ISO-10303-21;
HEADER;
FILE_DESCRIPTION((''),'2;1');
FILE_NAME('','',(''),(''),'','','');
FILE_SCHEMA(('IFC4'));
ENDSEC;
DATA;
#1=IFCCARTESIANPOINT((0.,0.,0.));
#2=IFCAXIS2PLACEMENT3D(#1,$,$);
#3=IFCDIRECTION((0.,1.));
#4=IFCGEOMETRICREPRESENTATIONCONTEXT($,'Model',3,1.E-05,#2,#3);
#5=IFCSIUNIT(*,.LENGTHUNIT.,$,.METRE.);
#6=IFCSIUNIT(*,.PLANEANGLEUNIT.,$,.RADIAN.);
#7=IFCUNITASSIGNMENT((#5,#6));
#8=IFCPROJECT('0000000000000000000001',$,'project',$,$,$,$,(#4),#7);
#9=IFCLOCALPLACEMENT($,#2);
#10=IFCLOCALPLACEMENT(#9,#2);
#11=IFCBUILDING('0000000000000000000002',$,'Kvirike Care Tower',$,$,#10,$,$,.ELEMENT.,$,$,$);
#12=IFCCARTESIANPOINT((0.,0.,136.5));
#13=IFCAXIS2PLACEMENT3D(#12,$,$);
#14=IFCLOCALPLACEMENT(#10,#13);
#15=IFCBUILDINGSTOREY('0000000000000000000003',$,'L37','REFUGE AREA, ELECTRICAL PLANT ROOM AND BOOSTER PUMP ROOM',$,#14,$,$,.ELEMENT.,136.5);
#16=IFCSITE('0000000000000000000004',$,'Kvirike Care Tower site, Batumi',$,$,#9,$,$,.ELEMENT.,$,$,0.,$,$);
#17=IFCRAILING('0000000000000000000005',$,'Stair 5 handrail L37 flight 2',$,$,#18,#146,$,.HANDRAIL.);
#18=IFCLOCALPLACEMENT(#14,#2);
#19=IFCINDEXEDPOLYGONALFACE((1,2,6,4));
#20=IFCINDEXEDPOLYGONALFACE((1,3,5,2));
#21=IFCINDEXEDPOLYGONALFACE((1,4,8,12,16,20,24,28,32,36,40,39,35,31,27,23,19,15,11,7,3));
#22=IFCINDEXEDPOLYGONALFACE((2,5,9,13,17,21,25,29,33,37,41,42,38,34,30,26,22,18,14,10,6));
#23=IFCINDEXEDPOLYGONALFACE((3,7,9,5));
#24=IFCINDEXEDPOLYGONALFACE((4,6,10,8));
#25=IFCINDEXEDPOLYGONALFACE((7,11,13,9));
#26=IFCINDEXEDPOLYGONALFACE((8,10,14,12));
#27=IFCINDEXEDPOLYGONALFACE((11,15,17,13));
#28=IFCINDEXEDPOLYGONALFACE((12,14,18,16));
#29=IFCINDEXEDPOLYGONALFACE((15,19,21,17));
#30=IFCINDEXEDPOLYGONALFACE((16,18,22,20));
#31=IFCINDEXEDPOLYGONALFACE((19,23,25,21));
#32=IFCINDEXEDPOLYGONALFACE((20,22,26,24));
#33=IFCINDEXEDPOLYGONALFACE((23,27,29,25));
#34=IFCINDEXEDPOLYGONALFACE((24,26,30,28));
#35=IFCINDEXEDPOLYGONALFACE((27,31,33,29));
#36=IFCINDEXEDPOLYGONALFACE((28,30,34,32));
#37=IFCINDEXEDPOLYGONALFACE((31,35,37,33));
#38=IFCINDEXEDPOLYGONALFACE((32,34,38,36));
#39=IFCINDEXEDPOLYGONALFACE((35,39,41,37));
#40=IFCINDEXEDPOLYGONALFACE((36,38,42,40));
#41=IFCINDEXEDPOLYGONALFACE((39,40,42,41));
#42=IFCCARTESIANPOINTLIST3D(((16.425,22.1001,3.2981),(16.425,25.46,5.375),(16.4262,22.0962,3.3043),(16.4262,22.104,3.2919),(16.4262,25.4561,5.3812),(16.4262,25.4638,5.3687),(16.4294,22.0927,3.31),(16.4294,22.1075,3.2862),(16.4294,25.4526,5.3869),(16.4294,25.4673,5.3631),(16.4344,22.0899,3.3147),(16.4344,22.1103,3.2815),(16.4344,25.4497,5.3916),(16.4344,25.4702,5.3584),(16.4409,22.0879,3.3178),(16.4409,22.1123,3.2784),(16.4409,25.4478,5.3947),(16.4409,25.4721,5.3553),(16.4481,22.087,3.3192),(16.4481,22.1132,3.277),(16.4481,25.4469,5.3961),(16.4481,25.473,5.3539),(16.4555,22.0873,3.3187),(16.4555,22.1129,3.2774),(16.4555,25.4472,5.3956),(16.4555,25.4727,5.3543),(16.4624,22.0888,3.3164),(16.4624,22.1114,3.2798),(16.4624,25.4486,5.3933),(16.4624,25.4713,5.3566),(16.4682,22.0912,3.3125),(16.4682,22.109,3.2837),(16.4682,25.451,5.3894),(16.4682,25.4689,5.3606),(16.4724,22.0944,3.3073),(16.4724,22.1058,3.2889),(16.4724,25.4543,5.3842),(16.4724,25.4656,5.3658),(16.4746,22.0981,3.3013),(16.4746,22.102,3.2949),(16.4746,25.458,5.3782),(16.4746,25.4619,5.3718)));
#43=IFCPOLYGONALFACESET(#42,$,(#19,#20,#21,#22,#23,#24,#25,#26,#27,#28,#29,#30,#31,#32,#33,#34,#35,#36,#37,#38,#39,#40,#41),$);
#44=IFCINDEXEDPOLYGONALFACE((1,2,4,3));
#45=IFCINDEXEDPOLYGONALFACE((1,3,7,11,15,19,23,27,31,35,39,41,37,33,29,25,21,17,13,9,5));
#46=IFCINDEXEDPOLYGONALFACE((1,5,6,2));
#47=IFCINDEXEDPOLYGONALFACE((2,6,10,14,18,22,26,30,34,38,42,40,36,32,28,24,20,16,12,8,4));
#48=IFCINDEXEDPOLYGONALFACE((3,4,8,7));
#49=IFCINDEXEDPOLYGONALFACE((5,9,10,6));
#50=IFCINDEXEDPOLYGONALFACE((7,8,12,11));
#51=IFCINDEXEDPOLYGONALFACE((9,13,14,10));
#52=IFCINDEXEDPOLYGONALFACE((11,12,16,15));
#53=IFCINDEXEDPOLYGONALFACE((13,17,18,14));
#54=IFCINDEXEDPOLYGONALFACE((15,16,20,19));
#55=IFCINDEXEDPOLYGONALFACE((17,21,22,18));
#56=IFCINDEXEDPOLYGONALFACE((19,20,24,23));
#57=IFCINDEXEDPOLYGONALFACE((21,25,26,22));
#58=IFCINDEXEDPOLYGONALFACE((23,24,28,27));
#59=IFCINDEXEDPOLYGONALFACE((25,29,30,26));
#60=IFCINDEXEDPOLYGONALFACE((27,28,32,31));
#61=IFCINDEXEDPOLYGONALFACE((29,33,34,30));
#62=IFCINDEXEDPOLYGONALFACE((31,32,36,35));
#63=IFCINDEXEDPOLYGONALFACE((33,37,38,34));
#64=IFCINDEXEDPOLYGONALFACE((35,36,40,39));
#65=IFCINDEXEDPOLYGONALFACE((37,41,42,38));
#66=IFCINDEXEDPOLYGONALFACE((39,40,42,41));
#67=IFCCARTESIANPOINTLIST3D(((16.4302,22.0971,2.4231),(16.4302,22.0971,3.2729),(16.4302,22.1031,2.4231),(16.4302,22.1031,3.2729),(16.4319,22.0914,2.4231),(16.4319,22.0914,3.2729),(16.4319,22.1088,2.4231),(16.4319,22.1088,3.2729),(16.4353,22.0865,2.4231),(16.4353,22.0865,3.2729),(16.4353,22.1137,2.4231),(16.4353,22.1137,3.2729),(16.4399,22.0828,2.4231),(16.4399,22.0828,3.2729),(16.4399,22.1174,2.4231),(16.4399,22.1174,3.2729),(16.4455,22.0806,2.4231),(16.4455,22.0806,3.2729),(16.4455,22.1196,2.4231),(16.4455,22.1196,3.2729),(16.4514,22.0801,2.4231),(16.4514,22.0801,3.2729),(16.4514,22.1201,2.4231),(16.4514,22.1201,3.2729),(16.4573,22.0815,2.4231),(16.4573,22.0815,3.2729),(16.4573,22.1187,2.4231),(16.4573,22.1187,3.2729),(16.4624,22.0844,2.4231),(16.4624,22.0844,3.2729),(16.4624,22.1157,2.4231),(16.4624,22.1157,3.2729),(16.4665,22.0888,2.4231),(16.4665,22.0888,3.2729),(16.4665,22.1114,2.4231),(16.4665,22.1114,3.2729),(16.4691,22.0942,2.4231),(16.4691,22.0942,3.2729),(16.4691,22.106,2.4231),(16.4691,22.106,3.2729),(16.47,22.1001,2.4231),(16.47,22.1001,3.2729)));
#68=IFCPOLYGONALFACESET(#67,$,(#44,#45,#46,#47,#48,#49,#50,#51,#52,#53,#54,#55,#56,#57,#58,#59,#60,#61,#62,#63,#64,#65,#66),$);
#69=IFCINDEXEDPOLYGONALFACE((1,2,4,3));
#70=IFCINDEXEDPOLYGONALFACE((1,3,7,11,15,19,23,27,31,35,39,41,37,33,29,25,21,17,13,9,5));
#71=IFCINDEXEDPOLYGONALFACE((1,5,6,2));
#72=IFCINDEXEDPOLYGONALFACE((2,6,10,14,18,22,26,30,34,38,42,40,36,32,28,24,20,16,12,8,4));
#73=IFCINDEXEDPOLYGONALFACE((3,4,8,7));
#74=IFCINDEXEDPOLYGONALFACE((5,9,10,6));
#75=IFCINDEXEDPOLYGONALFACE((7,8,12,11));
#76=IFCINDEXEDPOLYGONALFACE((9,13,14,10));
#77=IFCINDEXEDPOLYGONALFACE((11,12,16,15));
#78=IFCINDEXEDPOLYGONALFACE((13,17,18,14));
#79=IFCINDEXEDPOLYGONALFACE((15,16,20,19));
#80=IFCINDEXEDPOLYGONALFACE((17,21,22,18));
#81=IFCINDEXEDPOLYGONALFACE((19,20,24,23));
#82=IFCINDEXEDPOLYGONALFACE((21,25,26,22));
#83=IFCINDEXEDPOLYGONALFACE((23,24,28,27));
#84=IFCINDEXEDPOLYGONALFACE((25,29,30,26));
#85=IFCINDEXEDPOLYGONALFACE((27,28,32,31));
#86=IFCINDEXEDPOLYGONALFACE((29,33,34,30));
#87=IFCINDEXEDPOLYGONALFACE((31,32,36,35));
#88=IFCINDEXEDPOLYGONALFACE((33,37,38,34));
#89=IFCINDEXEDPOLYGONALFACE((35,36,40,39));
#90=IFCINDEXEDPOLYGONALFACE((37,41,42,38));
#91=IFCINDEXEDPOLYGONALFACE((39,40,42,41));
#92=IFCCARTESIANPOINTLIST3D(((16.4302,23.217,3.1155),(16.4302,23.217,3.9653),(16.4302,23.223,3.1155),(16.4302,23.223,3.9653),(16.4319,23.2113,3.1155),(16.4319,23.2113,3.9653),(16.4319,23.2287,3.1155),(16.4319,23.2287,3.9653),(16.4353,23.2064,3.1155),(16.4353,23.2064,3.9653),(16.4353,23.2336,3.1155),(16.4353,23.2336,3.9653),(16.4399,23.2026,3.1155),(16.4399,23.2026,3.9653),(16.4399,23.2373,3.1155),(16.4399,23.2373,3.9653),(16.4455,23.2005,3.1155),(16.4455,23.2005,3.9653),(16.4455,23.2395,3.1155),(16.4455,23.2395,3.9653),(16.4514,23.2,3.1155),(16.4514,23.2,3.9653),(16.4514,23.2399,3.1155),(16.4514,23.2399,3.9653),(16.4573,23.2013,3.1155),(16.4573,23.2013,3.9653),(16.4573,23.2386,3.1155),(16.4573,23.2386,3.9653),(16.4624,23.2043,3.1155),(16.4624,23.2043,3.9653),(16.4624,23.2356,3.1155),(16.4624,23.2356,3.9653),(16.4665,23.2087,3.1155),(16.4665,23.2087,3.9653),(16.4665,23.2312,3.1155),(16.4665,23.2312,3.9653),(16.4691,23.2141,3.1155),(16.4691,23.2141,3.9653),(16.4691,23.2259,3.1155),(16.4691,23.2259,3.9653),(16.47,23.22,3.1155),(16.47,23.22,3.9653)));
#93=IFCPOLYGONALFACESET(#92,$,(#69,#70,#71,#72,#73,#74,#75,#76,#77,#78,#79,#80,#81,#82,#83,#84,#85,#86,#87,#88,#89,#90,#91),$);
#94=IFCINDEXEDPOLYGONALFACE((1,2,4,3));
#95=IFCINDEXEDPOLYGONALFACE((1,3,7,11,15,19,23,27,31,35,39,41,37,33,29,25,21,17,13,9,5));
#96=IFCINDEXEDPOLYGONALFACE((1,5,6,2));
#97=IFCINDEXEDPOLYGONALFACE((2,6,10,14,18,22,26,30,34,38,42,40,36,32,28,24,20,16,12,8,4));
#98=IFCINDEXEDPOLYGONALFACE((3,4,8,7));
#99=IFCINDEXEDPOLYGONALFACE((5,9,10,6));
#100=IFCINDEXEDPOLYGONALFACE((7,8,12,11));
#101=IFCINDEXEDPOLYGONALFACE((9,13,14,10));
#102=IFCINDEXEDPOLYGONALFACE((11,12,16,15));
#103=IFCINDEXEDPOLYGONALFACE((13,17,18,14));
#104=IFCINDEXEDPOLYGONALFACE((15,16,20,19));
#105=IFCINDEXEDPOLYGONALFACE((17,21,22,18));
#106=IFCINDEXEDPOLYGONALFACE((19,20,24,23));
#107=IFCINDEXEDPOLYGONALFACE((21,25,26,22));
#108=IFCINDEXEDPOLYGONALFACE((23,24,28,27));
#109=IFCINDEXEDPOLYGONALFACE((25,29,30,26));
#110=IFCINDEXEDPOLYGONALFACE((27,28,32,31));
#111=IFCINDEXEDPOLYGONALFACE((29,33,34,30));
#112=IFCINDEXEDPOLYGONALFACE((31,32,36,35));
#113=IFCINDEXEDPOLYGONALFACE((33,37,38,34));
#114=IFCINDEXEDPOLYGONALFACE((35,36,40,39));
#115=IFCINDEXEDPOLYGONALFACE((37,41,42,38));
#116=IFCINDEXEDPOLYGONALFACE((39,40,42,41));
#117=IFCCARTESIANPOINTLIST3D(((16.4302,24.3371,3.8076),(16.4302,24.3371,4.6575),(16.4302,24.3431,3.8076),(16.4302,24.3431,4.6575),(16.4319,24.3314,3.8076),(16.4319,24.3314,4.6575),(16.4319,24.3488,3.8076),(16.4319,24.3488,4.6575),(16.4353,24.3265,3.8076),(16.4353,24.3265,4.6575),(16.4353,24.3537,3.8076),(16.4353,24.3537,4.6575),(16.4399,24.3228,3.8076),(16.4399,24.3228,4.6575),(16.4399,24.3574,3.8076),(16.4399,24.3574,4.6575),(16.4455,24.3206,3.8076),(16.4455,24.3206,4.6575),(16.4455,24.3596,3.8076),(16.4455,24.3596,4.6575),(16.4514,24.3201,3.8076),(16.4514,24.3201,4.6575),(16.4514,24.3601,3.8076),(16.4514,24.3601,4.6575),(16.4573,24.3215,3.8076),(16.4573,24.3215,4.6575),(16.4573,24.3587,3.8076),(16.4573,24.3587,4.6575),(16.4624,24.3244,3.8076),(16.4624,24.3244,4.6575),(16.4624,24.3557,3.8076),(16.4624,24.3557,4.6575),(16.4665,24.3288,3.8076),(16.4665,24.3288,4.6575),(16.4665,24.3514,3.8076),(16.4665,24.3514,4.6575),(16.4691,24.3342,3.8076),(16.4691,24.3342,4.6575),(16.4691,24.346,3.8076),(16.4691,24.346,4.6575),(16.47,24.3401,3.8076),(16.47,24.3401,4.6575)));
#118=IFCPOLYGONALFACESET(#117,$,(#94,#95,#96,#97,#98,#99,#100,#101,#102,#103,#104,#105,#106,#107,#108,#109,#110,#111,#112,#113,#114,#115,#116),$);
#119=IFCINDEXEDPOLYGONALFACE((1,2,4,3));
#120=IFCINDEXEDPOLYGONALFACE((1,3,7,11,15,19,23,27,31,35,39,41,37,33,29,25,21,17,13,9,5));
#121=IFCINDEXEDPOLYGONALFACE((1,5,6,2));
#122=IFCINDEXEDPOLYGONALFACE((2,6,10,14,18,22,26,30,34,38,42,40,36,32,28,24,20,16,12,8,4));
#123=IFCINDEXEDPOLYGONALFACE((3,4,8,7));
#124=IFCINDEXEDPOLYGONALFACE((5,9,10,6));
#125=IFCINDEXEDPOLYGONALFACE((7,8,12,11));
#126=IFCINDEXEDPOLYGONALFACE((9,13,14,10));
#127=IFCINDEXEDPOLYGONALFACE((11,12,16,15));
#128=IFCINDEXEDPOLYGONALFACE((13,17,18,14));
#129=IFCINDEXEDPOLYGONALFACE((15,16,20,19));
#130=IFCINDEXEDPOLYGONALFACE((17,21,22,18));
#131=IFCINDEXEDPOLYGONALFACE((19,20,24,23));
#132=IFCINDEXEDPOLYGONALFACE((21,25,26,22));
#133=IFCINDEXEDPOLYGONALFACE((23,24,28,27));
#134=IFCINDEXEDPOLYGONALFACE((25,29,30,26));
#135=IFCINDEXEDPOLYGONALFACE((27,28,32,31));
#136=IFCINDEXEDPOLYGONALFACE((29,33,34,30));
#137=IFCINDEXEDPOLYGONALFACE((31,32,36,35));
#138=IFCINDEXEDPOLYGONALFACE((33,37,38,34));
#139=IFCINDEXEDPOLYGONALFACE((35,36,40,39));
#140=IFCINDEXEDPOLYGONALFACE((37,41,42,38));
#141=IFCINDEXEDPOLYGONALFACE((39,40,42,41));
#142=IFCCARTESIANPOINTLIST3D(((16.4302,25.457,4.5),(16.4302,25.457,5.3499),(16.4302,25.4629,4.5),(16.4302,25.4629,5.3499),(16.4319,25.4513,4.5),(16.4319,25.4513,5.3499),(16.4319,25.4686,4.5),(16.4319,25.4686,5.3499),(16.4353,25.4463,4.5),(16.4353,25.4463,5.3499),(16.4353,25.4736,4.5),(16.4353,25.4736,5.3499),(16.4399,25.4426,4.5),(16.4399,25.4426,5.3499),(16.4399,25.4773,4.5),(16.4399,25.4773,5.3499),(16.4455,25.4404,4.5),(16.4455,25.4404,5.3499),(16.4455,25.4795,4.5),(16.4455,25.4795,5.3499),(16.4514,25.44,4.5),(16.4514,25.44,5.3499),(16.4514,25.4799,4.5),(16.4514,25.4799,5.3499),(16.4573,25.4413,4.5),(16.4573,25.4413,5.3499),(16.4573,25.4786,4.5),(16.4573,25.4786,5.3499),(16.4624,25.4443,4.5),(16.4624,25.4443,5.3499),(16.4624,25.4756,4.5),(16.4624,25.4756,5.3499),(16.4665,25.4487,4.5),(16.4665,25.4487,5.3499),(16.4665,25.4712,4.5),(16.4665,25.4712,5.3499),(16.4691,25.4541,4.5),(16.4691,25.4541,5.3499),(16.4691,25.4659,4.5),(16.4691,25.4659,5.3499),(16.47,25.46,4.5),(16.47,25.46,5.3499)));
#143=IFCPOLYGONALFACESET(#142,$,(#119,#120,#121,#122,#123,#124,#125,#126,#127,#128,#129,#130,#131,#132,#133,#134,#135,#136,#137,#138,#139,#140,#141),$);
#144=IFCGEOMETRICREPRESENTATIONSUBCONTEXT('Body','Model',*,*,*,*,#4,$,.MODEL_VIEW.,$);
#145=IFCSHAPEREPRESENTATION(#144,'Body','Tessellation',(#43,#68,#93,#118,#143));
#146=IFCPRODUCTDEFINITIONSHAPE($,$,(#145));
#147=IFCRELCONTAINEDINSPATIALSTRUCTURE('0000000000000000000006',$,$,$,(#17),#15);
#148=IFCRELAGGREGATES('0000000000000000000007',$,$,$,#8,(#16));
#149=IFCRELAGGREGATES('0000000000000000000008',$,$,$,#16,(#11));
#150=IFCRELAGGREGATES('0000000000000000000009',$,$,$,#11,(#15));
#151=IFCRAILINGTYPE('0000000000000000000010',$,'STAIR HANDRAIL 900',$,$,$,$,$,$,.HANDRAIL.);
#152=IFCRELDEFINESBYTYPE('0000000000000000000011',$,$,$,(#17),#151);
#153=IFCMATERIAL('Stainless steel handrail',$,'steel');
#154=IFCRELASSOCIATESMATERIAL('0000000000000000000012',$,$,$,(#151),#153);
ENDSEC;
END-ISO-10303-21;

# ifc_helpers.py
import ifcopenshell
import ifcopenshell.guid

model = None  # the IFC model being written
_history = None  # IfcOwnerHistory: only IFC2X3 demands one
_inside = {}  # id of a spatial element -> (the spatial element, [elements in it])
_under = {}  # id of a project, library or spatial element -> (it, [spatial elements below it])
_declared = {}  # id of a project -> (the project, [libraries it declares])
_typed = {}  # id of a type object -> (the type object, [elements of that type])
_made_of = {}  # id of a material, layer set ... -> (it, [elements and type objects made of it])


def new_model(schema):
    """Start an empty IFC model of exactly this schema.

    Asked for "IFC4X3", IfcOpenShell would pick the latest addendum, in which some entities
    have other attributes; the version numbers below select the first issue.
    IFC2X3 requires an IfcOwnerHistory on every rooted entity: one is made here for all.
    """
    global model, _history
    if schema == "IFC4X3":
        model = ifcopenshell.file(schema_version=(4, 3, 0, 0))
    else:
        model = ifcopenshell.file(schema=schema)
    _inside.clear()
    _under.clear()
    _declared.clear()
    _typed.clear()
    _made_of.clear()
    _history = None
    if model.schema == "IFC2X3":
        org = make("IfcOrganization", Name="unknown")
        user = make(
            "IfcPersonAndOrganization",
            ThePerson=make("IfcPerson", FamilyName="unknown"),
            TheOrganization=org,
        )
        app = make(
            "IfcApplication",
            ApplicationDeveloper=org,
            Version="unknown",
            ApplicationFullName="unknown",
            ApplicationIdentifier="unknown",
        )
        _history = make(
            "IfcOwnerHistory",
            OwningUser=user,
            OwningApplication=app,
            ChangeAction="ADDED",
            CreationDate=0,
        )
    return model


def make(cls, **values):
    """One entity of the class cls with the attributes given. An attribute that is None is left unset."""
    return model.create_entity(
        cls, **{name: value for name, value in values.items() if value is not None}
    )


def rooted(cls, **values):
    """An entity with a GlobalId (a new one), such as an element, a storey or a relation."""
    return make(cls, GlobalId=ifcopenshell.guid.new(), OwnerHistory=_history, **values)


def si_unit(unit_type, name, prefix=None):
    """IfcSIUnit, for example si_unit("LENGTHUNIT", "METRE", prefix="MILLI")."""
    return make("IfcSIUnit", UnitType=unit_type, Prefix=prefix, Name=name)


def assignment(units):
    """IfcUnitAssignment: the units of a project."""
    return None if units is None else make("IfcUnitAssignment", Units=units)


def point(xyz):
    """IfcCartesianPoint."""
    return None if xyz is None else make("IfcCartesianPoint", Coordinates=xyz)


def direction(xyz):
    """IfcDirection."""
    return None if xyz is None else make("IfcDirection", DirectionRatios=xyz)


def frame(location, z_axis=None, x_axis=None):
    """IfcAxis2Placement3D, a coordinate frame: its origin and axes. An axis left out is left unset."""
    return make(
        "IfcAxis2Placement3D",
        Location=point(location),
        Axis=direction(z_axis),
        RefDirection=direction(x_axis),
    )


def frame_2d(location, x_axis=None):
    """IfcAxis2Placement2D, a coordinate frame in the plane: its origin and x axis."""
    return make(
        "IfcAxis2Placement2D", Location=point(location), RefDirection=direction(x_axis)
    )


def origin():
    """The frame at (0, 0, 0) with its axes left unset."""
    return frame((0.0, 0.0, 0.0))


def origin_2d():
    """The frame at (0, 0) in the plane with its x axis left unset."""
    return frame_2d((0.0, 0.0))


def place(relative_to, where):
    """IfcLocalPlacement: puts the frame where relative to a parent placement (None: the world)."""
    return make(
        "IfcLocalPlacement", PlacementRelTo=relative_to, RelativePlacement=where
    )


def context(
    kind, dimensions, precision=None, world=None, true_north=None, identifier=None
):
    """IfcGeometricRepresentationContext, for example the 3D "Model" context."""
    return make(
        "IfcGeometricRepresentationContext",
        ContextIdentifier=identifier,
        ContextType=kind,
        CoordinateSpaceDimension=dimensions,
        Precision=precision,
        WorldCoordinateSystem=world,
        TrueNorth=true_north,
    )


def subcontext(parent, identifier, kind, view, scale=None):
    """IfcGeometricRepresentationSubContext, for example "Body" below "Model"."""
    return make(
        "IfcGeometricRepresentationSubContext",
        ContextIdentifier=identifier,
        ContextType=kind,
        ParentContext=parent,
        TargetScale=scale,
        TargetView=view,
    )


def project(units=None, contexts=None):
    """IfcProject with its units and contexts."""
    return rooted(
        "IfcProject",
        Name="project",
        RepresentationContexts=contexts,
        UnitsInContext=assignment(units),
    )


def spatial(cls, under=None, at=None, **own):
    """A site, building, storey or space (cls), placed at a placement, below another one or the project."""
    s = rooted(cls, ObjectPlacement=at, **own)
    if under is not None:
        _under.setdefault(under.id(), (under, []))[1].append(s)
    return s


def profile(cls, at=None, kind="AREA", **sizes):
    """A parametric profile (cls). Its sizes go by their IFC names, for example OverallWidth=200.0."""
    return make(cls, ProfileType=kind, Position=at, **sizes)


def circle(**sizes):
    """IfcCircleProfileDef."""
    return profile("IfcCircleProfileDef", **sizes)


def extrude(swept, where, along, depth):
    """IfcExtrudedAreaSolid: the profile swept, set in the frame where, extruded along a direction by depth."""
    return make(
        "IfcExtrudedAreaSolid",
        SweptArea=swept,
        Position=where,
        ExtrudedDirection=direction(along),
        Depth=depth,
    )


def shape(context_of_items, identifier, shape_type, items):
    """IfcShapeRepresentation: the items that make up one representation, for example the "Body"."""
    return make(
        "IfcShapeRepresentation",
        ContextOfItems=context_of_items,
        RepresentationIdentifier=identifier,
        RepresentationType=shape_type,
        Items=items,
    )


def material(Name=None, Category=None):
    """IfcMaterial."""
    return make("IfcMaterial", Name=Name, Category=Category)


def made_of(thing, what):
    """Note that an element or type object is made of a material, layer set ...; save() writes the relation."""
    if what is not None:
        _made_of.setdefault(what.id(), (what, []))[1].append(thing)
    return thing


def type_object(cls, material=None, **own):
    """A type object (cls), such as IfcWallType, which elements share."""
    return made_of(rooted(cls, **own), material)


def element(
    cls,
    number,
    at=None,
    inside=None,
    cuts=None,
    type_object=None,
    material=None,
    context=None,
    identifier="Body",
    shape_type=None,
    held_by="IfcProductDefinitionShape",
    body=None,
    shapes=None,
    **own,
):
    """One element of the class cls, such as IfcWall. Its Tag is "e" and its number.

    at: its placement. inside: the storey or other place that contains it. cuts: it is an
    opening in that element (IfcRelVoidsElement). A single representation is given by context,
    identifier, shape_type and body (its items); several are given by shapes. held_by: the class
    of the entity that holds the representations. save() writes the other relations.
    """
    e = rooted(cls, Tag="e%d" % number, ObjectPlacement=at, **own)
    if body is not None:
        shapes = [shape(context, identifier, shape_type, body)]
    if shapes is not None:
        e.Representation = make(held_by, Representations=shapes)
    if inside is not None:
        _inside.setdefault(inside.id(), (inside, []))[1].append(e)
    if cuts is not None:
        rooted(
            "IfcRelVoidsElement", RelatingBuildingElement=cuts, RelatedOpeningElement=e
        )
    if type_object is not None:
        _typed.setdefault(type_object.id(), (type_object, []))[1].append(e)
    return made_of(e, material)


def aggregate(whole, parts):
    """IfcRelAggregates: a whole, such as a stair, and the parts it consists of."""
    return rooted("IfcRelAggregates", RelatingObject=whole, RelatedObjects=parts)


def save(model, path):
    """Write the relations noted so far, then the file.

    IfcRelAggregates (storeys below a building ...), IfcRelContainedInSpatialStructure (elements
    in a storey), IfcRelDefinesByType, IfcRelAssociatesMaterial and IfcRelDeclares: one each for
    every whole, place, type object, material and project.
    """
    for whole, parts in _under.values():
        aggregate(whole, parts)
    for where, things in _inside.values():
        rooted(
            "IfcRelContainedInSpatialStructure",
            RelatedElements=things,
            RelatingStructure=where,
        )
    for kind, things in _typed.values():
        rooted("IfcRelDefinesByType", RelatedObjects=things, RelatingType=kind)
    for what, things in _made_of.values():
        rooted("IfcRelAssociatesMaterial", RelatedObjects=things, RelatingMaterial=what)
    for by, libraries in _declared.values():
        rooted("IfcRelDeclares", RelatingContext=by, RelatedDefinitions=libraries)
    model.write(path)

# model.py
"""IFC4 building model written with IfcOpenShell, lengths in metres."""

from ifc_helpers import new_model, si_unit, direction, frame, origin, origin_2d, place, context, subcontext, project, spatial, circle, extrude, material, type_object, element, save


model = new_model("IFC4")

# Units and contexts
model_context = context("Model", 3, precision=1e-05, world=origin(), true_north=direction((0.0, 1.0)))
body_context = subcontext(model_context, "Body", "Model", "MODEL_VIEW")
ifc_project = project(units=[si_unit("LENGTHUNIT", "METRE"), si_unit("PLANEANGLEUNIT", "RADIAN")], contexts=[model_context])

# Site, building, storey
site_placement = place(None, origin())
site = spatial("IfcSite", under=ifc_project, at=site_placement, Name="Kvirike Care Tower site, Batumi", CompositionType="ELEMENT", RefElevation=0.0)
building_placement = place(site_placement, origin())
building = spatial("IfcBuilding", under=site, at=building_placement, Name="Kvirike Care Tower", CompositionType="ELEMENT")
storey_placement = place(building_placement, frame((0.0, 0.0, 136.5)))
storey = spatial("IfcBuildingStorey", under=building, at=storey_placement, Name="L37", Description="REFUGE AREA, ELECTRICAL PLANT ROOM AND BOOSTER PUMP ROOM", CompositionType="ELEMENT", Elevation=136.5)

# Railing
ifc_material_1 = material(Name="Stainless steel handrail", Category="steel")
railing_type = type_object("IfcRailingType", Name="STAIR HANDRAIL 900", PredefinedType="HANDRAIL", material=ifc_material_1)
railing_placement = place(storey_placement, frame((16.45, 22.1001, 2.4231)))
element("IfcRailing", 1, at=railing_placement, inside=storey, type_object=railing_type, Name="Stair 5 handrail L37 flight 2", PredefinedType="HANDRAIL", context=body_context, shape_type="SweptSolid", body=[
    extrude(circle(Radius=0.0249, at=origin_2d()), frame((0.0, 0.0, 0.875), z_axis=(0.0, 0.850606, 0.525803), x_axis=(-1.0, 0.0, 0.0)), (0.0, 0.0, 1.0), 3.95),
    extrude(circle(Radius=0.02, at=origin_2d()), origin(), (0.0, 0.0, 1.0), 0.8499),
    extrude(circle(Radius=0.02, at=origin_2d()), frame((0.0, 1.1199, 0.6924)), (0.0, 0.0, 1.0), 0.8499),
    extrude(circle(Radius=0.02, at=origin_2d()), frame((0.0, 2.24, 1.3845)), (0.0, 0.0, 1.0), 0.8499),
    extrude(circle(Radius=0.02, at=origin_2d()), frame((0.0, 3.3599, 2.0769)), (0.0, 0.0, 1.0), 0.8499),
])

save(model, "model.ifc")
